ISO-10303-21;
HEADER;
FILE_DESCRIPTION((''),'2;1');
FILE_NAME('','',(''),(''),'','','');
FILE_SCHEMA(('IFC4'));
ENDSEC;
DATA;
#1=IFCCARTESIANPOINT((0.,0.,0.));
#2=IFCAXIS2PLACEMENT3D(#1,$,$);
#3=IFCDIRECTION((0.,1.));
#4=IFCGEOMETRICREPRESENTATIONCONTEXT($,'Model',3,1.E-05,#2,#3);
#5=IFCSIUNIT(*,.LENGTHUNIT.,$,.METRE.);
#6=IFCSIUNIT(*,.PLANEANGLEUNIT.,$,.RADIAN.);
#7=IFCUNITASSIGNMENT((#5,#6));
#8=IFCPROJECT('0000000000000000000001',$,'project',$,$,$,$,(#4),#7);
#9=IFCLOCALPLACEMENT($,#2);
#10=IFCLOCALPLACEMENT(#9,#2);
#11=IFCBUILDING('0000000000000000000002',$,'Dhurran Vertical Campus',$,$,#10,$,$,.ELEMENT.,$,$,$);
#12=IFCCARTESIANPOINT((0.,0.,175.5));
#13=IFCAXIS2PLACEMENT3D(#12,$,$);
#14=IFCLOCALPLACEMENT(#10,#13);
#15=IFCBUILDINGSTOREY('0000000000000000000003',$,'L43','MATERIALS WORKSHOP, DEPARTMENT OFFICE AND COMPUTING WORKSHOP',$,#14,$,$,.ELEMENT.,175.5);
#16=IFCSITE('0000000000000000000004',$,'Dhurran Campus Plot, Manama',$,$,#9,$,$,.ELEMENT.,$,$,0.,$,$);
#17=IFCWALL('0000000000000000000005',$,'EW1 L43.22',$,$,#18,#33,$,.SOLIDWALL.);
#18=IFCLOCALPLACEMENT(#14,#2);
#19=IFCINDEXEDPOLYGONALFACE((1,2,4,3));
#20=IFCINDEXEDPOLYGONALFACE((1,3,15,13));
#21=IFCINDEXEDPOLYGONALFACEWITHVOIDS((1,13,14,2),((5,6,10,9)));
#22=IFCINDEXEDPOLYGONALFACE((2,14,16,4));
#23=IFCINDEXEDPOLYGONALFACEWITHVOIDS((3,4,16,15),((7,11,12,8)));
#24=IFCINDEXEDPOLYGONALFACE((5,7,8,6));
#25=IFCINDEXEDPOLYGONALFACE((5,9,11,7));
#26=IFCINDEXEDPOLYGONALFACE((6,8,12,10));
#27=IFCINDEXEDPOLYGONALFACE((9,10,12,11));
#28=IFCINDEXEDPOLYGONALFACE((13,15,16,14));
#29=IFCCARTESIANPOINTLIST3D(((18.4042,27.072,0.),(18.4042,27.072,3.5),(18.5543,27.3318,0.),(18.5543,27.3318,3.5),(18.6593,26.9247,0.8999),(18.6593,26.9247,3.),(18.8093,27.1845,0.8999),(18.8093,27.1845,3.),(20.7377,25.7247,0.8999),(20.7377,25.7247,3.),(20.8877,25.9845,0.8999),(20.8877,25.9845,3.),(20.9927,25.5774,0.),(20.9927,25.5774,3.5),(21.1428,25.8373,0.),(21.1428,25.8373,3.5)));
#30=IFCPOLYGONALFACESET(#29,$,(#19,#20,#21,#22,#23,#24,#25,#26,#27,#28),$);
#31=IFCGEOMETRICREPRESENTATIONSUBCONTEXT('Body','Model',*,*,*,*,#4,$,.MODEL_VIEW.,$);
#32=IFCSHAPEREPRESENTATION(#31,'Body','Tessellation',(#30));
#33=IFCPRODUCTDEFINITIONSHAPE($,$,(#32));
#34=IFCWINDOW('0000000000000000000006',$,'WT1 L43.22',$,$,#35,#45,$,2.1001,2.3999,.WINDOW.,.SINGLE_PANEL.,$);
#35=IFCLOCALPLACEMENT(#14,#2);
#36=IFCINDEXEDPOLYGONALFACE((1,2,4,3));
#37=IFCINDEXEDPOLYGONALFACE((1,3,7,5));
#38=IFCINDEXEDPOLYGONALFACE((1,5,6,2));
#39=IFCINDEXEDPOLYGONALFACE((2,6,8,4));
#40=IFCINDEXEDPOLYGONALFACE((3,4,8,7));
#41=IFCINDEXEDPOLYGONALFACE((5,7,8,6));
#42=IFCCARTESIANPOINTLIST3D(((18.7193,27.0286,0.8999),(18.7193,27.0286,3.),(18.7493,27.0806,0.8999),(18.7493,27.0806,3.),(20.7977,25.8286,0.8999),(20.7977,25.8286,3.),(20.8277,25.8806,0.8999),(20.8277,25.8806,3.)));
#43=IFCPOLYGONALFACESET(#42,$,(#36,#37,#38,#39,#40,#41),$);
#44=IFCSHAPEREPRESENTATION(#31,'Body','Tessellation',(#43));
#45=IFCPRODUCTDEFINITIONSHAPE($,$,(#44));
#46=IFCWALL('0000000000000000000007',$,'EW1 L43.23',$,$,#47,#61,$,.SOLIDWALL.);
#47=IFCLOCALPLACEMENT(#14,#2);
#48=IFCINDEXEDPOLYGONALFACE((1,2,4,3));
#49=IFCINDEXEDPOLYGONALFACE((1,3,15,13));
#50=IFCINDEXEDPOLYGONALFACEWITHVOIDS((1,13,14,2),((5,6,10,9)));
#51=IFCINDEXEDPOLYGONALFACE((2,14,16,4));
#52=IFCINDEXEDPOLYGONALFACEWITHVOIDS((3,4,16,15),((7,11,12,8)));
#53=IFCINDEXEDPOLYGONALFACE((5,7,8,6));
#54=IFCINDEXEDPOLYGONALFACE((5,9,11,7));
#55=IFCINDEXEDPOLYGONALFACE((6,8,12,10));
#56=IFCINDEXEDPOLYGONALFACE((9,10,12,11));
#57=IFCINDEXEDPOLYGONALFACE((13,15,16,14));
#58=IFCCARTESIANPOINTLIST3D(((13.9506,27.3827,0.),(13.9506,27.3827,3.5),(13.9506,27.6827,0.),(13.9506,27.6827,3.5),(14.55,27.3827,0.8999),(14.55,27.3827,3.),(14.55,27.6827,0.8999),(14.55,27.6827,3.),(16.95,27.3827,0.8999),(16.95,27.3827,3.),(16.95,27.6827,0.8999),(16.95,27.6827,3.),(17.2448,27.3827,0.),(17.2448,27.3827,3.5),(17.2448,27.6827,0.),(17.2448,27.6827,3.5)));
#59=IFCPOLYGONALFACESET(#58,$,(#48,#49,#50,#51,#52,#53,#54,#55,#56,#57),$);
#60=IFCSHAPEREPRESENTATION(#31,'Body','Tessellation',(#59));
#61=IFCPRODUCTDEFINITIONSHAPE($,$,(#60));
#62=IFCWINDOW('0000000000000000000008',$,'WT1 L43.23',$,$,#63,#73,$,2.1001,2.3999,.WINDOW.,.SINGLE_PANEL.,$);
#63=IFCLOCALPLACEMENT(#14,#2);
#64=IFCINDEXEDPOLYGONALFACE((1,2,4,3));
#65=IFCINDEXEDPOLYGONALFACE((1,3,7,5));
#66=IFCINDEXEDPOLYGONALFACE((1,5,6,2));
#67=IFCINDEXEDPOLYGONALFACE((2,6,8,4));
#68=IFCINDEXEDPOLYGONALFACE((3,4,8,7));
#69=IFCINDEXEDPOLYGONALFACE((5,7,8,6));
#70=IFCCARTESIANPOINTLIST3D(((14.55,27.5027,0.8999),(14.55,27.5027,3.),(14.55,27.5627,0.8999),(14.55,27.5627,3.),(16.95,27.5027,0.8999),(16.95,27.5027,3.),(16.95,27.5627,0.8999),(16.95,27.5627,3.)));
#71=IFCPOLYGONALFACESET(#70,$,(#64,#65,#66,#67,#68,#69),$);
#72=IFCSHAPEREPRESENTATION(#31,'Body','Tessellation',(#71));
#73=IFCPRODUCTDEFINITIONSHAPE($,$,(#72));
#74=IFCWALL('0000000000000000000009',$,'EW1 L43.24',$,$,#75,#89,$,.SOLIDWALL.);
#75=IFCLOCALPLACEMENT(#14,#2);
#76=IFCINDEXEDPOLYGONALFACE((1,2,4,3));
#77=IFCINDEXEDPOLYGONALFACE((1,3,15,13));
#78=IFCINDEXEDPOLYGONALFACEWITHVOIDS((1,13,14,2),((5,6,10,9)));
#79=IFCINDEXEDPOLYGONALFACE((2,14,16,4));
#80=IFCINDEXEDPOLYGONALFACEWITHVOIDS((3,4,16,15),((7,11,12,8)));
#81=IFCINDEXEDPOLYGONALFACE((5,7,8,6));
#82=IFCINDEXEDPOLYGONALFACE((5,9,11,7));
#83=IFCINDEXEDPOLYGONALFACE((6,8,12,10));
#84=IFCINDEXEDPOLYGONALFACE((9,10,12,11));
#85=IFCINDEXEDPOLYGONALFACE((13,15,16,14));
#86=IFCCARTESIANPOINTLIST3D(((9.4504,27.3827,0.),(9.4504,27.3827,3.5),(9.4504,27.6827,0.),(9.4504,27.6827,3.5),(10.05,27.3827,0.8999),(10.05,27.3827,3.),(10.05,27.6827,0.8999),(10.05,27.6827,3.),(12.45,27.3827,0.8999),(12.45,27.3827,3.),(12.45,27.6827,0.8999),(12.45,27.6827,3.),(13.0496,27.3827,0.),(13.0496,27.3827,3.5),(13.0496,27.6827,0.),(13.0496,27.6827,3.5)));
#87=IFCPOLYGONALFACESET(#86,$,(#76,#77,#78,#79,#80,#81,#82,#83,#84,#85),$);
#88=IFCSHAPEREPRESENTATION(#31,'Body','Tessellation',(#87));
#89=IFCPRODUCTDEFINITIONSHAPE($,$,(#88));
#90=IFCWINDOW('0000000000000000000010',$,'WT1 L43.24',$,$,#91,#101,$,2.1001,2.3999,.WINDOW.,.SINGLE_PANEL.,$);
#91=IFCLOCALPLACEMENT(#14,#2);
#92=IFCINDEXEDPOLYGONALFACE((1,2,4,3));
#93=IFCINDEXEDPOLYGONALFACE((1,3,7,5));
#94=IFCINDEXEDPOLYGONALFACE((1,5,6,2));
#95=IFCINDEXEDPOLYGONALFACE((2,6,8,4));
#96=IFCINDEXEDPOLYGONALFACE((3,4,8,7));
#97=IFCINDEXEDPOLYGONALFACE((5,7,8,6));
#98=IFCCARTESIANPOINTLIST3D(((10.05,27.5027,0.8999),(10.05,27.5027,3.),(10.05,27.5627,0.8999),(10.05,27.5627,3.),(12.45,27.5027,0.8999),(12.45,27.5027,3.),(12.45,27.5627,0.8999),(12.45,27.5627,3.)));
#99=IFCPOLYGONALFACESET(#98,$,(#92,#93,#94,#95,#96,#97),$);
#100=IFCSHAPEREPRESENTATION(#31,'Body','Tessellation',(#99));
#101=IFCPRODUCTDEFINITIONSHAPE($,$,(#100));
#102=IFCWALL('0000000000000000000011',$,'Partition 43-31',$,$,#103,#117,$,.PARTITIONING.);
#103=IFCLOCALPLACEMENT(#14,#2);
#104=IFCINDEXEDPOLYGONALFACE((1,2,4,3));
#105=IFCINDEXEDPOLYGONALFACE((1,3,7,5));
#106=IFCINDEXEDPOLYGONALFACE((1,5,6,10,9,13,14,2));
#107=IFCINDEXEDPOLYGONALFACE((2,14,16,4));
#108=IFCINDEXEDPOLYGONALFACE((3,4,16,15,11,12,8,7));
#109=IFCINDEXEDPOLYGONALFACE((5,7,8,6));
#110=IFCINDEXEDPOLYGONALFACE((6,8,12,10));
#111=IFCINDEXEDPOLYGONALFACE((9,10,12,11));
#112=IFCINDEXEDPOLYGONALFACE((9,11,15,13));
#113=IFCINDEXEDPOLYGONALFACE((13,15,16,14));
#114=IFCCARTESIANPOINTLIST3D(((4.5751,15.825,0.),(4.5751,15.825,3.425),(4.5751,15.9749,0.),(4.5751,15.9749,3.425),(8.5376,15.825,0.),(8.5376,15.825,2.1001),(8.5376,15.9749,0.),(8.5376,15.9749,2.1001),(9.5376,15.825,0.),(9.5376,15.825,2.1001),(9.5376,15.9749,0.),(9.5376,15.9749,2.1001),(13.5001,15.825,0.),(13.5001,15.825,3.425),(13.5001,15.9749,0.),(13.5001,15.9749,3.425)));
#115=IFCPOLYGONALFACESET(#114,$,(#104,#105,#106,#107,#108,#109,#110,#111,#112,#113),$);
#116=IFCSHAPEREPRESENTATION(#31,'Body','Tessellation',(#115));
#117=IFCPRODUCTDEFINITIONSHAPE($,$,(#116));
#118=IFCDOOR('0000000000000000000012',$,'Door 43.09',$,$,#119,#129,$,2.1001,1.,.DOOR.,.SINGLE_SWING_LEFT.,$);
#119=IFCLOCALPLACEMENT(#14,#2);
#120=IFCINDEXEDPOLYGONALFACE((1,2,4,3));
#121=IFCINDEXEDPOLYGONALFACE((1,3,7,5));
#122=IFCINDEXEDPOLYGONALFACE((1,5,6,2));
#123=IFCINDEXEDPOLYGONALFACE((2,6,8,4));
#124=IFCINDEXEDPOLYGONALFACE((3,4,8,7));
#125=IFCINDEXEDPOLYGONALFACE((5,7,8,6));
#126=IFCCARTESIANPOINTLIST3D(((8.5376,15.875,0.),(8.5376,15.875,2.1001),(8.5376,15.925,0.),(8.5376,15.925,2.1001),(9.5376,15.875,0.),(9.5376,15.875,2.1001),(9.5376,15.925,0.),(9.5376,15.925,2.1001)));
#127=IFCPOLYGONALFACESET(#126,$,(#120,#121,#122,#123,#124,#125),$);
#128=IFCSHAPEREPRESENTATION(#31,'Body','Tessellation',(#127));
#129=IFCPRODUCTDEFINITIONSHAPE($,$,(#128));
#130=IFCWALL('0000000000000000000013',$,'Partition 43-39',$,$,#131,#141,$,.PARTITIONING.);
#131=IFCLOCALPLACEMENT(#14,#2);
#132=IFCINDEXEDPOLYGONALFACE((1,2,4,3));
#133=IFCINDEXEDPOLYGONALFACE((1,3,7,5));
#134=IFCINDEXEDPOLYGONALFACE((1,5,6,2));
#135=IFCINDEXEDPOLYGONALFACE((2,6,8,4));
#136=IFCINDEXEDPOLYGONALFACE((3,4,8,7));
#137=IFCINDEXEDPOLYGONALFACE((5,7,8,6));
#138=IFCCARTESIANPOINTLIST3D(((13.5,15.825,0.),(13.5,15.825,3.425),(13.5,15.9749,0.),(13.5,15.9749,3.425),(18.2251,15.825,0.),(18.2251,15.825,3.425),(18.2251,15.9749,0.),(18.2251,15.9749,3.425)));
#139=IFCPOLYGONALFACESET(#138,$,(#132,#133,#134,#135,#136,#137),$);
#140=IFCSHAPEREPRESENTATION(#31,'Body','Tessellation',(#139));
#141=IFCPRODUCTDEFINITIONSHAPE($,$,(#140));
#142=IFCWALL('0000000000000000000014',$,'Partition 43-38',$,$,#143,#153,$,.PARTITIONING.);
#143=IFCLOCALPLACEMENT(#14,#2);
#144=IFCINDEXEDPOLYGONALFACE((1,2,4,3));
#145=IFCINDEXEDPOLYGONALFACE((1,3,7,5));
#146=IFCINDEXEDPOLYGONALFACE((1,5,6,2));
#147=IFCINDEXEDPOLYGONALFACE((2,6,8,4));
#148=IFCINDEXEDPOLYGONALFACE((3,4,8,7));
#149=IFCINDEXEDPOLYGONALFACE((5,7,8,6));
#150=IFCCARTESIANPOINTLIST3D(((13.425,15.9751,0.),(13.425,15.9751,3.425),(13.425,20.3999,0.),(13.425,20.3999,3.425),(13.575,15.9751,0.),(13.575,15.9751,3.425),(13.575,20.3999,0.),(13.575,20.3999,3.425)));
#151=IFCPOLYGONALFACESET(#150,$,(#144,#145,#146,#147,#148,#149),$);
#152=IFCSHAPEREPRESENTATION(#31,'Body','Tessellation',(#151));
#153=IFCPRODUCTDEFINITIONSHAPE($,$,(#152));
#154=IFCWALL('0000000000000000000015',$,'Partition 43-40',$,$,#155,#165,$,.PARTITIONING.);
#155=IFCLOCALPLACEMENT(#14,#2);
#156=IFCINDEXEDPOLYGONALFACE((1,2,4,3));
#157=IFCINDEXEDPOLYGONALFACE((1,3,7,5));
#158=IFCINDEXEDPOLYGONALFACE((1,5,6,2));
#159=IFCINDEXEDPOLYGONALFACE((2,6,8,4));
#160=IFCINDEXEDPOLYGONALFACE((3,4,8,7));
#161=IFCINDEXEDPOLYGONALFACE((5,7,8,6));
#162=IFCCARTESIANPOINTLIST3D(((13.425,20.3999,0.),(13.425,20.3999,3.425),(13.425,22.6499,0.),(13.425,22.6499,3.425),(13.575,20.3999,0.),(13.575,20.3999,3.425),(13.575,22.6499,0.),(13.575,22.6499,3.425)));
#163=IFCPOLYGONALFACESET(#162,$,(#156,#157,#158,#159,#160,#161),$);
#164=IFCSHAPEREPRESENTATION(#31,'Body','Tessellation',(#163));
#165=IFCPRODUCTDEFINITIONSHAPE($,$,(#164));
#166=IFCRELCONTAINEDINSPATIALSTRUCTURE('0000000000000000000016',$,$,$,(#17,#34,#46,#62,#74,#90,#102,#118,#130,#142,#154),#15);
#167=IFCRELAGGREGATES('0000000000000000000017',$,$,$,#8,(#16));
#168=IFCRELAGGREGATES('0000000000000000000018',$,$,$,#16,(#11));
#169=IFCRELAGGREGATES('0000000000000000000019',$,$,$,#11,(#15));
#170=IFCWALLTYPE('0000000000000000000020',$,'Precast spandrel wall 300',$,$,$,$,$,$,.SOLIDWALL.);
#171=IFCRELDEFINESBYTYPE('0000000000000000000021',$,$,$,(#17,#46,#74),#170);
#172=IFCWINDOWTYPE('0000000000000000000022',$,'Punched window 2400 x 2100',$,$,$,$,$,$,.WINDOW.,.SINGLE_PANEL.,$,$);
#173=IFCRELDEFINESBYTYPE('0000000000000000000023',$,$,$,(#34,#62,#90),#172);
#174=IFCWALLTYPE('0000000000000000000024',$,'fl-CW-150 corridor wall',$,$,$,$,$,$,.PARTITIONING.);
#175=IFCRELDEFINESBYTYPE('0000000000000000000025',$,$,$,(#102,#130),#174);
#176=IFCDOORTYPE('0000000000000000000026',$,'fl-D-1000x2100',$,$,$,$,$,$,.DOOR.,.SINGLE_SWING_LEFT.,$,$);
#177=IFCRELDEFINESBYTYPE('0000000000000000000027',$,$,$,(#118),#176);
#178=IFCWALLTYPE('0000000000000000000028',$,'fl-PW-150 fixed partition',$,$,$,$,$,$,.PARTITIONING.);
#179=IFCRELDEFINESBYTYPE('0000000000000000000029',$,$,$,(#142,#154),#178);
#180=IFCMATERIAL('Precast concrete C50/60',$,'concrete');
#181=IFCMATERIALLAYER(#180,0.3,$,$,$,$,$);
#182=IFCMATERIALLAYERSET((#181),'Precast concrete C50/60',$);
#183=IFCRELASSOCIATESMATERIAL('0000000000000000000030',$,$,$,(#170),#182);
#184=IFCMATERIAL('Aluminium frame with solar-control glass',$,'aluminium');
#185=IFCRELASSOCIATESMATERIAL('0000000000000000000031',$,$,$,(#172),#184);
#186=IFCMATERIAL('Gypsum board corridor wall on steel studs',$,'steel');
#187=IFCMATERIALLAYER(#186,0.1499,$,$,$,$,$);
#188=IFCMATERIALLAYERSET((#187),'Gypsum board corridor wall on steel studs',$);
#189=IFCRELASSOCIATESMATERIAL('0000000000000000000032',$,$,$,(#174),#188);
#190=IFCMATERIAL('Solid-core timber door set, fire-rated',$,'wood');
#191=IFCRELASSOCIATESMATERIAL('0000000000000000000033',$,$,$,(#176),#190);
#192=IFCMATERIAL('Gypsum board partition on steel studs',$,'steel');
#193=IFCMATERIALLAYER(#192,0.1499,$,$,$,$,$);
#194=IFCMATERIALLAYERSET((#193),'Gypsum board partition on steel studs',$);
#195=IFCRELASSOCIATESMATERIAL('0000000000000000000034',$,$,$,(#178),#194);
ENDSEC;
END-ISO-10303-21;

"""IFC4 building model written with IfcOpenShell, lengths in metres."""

from ifc_helpers import new_model, si_unit, direction, frame, frame_2d, origin, place, context, subcontext, project, spatial, rectangle, extrude, material, layer, layer_set, type_object, element, fill, save


model = new_model("IFC4")

# Units and contexts
model_context = context("Model", 3, precision=1e-05, world=origin(), true_north=direction((0.0, 1.0)))
body_context = subcontext(model_context, "Body", "Model", "MODEL_VIEW")
ifc_project = project(units=[si_unit("LENGTHUNIT", "METRE"), si_unit("PLANEANGLEUNIT", "RADIAN")], contexts=[model_context])

# Site, building, storey
site_placement = place(None, origin())
site = spatial("IfcSite", under=ifc_project, at=site_placement, Name="Dhurran Campus Plot, Manama", CompositionType="ELEMENT", RefElevation=0.0)
building_placement = place(site_placement, origin())
building = spatial("IfcBuilding", under=site, at=building_placement, Name="Dhurran Vertical Campus", CompositionType="ELEMENT")
storey_placement = place(building_placement, frame((0.0, 0.0, 175.5)))
storey = spatial("IfcBuildingStorey", under=building, at=storey_placement, Name="L43", Description="MATERIALS WORKSHOP, DEPARTMENT OFFICE AND COMPUTING WORKSHOP", CompositionType="ELEMENT", Elevation=175.5)

# Walls, openings, windows
ifc_material_1 = material(Name="Precast concrete C50/60", Category="concrete")
ifc_layer_1 = layer(ifc_material_1, 0.3)
ifc_layer_set_1 = layer_set([ifc_layer_1], Name="Precast concrete C50/60")
wall_type_1 = type_object("IfcWallType", Name="Precast spandrel wall 300", PredefinedType="SOLIDWALL", material=ifc_layer_set_1)
ifc_material_2 = material(Name="Aluminium frame with solar-control glass", Category="aluminium")
window_type = type_object("IfcWindowType", Name="Punched window 2400 x 2100", PartitioningType="SINGLE_PANEL", PredefinedType="WINDOW", material=ifc_material_2)
wall_1_placement = place(storey_placement, frame((21.0679, 25.7073, 0.0), z_axis=(0.0, 0.0, 1.0), x_axis=(-0.866013, 0.500022, 0.0)))
wall_1 = element("IfcWall", 1, at=wall_1_placement, inside=storey, type_object=wall_type_1, Name="EW1 L43.22", PredefinedType="SOLIDWALL", context=body_context, shape_type="SweptSolid", body=[
    extrude(rectangle(XDim=2.989, YDim=0.3, at=frame_2d((1.4946, 0.0))), origin(), (0.0, 0.0, 1.0), 3.5),
])
opening_1_placement = place(wall_1_placement, frame((0.2947, 0.0, 0.8999)))
opening_1 = element("IfcOpeningElement", 2, at=opening_1_placement, cuts=wall_1, PredefinedType="OPENING", context=body_context, shape_type="SweptSolid", body=[
    extrude(rectangle(XDim=2.3999, YDim=2.1001, at=frame_2d((1.2, 1.05))), frame((0.0, 0.1599, 0.0), z_axis=(0.0, -1.0, 0.0), x_axis=(1.0, 0.0, 0.0)), (0.0, 0.0, 1.0), 0.3201),
])
window_1_placement = place(opening_1_placement, origin())
window_1 = element("IfcWindow", 3, at=window_1_placement, inside=storey, type_object=window_type, Name="WT1 L43.22", OverallHeight=2.1001, OverallWidth=2.3999, PartitioningType="SINGLE_PANEL", PredefinedType="WINDOW", context=body_context, shape_type="SweptSolid", body=[
    extrude(rectangle(XDim=2.3999, YDim=2.1001, at=frame_2d((1.2, 1.05))), frame((0.0, 0.03, 0.0), z_axis=(0.0, -1.0, 0.0), x_axis=(1.0, 0.0, 0.0)), (0.0, 0.0, 1.0), 0.0601),
])
fill(opening_1, window_1)
wall_2_placement = place(storey_placement, frame((17.2446, 27.5327, 0.0), z_axis=(0.0, 0.0, 1.0), x_axis=(-1.0, 0.0, 0.0)))
wall_2 = element("IfcWall", 4, at=wall_2_placement, inside=storey, type_object=wall_type_1, Name="EW1 L43.23", PredefinedType="SOLIDWALL", context=body_context, shape_type="SweptSolid", body=[
    extrude(rectangle(XDim=3.2942, YDim=0.3, at=frame_2d((1.647, 0.0))), origin(), (0.0, 0.0, 1.0), 3.5),
])
opening_2_placement = place(wall_2_placement, frame((0.2947, 0.0, 0.8999)))
opening_2 = element("IfcOpeningElement", 5, at=opening_2_placement, cuts=wall_2, PredefinedType="OPENING", context=body_context, shape_type="SweptSolid", body=[
    extrude(rectangle(XDim=2.3999, YDim=2.1001, at=frame_2d((1.2, 1.05))), frame((0.0, 0.1599, 0.0), z_axis=(0.0, -1.0, 0.0), x_axis=(1.0, 0.0, 0.0)), (0.0, 0.0, 1.0), 0.3201),
])
window_2_placement = place(opening_2_placement, origin())
window_2 = element("IfcWindow", 6, at=window_2_placement, inside=storey, type_object=window_type, Name="WT1 L43.23", OverallHeight=2.1001, OverallWidth=2.3999, PartitioningType="SINGLE_PANEL", PredefinedType="WINDOW", context=body_context, shape_type="SweptSolid", body=[
    extrude(rectangle(XDim=2.3999, YDim=2.1001, at=frame_2d((1.2, 1.05))), frame((0.0, 0.03, 0.0), z_axis=(0.0, -1.0, 0.0), x_axis=(1.0, 0.0, 0.0)), (0.0, 0.0, 1.0), 0.0601),
])
fill(opening_2, window_2)
wall_3_placement = place(storey_placement, frame((13.0496, 27.5327, 0.0), z_axis=(0.0, 0.0, 1.0), x_axis=(-1.0, 0.0, 0.0)))
wall_3 = element("IfcWall", 7, at=wall_3_placement, inside=storey, type_object=wall_type_1, Name="EW1 L43.24", PredefinedType="SOLIDWALL", context=body_context, shape_type="SweptSolid", body=[
    extrude(rectangle(XDim=3.5991, YDim=0.3, at=frame_2d((1.7996, 0.0))), origin(), (0.0, 0.0, 1.0), 3.5),
])
opening_3_placement = place(wall_3_placement, frame((0.5996, 0.0, 0.8999)))
opening_3 = element("IfcOpeningElement", 8, at=opening_3_placement, cuts=wall_3, PredefinedType="OPENING", context=body_context, shape_type="SweptSolid", body=[
    extrude(rectangle(XDim=2.3999, YDim=2.1001, at=frame_2d((1.2, 1.05))), frame((0.0, 0.1599, 0.0), z_axis=(0.0, -1.0, 0.0), x_axis=(1.0, 0.0, 0.0)), (0.0, 0.0, 1.0), 0.3201),
])
window_3_placement = place(opening_3_placement, origin())
window_3 = element("IfcWindow", 9, at=window_3_placement, inside=storey, type_object=window_type, Name="WT1 L43.24", OverallHeight=2.1001, OverallWidth=2.3999, PartitioningType="SINGLE_PANEL", PredefinedType="WINDOW", context=body_context, shape_type="SweptSolid", body=[
    extrude(rectangle(XDim=2.3999, YDim=2.1001, at=frame_2d((1.2, 1.05))), frame((0.0, 0.03, 0.0), z_axis=(0.0, -1.0, 0.0), x_axis=(1.0, 0.0, 0.0)), (0.0, 0.0, 1.0), 0.0601),
])
fill(opening_3, window_3)

# Wall, opening, door
ifc_material_3 = material(Name="Gypsum board corridor wall on steel studs", Category="steel")
ifc_layer_2 = layer(ifc_material_3, 0.1499)
ifc_layer_set_2 = layer_set([ifc_layer_2], Name="Gypsum board corridor wall on steel studs")
wall_type_2 = type_object("IfcWallType", Name="fl-CW-150 corridor wall", PredefinedType="PARTITIONING", material=ifc_layer_set_2)
wall_4_placement = place(storey_placement, frame((13.5, 15.8999, 0.0), z_axis=(0.0, 0.0, 1.0), x_axis=(-1.0, 0.0, 0.0)))
wall_4 = element("IfcWall", 10, at=wall_4_placement, inside=storey, type_object=wall_type_2, Name="Partition 43-31", PredefinedType="PARTITIONING", context=body_context, shape_type="SweptSolid", body=[
    extrude(rectangle(XDim=8.925, YDim=0.1499, at=frame_2d((4.4624, 0.0))), origin(), (0.0, 0.0, 1.0), 3.425),
])
opening_4_placement = place(wall_4_placement, frame((3.9624, 0.0, 0.0)))
opening_4 = element("IfcOpeningElement", 11, at=opening_4_placement, cuts=wall_4, PredefinedType="OPENING", context=body_context, shape_type="SweptSolid", body=[
    extrude(rectangle(XDim=1.0, YDim=2.1001, at=frame_2d((0.5, 1.05))), frame((0.0, 0.085, 0.0), z_axis=(0.0, -1.0, 0.0), x_axis=(1.0, 0.0, 0.0)), (0.0, 0.0, 1.0), 0.1699),
])
ifc_material_4 = material(Name="Solid-core timber door set, fire-rated", Category="wood")
door_type = type_object("IfcDoorType", Name="fl-D-1000x2100", OperationType="SINGLE_SWING_LEFT", PredefinedType="DOOR", material=ifc_material_4)
door_placement = place(opening_4_placement, origin())
door = element("IfcDoor", 12, at=door_placement, inside=storey, type_object=door_type, Name="Door 43.09", OperationType="SINGLE_SWING_LEFT", OverallHeight=2.1001, OverallWidth=1.0, PredefinedType="DOOR", context=body_context, shape_type="SweptSolid", body=[
    extrude(rectangle(XDim=1.0, YDim=2.1001, at=frame_2d((0.5, 1.05))), frame((0.0, 0.0249, 0.0), z_axis=(0.0, -1.0, 0.0), x_axis=(1.0, 0.0, 0.0)), (0.0, 0.0, 1.0), 0.05),
])
fill(opening_4, door)

# Walls
wall_5_placement = place(storey_placement, frame((18.2251, 15.8999, 0.0), z_axis=(0.0, 0.0, 1.0), x_axis=(-1.0, 0.0, 0.0)))
element("IfcWall", 13, at=wall_5_placement, inside=storey, type_object=wall_type_2, Name="Partition 43-39", PredefinedType="PARTITIONING", context=body_context, shape_type="SweptSolid", body=[
    extrude(rectangle(XDim=4.7251, YDim=0.1499, at=frame_2d((2.3625, 0.0))), origin(), (0.0, 0.0, 1.0), 3.425),
])
ifc_material_5 = material(Name="Gypsum board partition on steel studs", Category="steel")
ifc_layer_3 = layer(ifc_material_5, 0.1499)
ifc_layer_set_3 = layer_set([ifc_layer_3], Name="Gypsum board partition on steel studs")
wall_type_3 = type_object("IfcWallType", Name="fl-PW-150 fixed partition", PredefinedType="PARTITIONING", material=ifc_layer_set_3)
wall_6_placement = place(storey_placement, frame((13.5, 20.3999, 0.0), z_axis=(0.0, 0.0, 1.0), x_axis=(0.0, -1.0, 0.0)))
element("IfcWall", 14, at=wall_6_placement, inside=storey, type_object=wall_type_3, Name="Partition 43-38", PredefinedType="PARTITIONING", context=body_context, shape_type="SweptSolid", body=[
    extrude(rectangle(XDim=4.4248, YDim=0.1499, at=frame_2d((2.2124, 0.0))), origin(), (0.0, 0.0, 1.0), 3.425),
])
wall_7_placement = place(storey_placement, frame((13.5, 22.6499, 0.0), z_axis=(0.0, 0.0, 1.0), x_axis=(0.0, -1.0, 0.0)))
element("IfcWall", 15, at=wall_7_placement, inside=storey, type_object=wall_type_3, Name="Partition 43-40", PredefinedType="PARTITIONING", context=body_context, shape_type="SweptSolid", body=[
    extrude(rectangle(XDim=2.25, YDim=0.1499, at=frame_2d((1.125, 0.0))), origin(), (0.0, 0.0, 1.0), 3.425),
])

save(model, "model.ifc")
